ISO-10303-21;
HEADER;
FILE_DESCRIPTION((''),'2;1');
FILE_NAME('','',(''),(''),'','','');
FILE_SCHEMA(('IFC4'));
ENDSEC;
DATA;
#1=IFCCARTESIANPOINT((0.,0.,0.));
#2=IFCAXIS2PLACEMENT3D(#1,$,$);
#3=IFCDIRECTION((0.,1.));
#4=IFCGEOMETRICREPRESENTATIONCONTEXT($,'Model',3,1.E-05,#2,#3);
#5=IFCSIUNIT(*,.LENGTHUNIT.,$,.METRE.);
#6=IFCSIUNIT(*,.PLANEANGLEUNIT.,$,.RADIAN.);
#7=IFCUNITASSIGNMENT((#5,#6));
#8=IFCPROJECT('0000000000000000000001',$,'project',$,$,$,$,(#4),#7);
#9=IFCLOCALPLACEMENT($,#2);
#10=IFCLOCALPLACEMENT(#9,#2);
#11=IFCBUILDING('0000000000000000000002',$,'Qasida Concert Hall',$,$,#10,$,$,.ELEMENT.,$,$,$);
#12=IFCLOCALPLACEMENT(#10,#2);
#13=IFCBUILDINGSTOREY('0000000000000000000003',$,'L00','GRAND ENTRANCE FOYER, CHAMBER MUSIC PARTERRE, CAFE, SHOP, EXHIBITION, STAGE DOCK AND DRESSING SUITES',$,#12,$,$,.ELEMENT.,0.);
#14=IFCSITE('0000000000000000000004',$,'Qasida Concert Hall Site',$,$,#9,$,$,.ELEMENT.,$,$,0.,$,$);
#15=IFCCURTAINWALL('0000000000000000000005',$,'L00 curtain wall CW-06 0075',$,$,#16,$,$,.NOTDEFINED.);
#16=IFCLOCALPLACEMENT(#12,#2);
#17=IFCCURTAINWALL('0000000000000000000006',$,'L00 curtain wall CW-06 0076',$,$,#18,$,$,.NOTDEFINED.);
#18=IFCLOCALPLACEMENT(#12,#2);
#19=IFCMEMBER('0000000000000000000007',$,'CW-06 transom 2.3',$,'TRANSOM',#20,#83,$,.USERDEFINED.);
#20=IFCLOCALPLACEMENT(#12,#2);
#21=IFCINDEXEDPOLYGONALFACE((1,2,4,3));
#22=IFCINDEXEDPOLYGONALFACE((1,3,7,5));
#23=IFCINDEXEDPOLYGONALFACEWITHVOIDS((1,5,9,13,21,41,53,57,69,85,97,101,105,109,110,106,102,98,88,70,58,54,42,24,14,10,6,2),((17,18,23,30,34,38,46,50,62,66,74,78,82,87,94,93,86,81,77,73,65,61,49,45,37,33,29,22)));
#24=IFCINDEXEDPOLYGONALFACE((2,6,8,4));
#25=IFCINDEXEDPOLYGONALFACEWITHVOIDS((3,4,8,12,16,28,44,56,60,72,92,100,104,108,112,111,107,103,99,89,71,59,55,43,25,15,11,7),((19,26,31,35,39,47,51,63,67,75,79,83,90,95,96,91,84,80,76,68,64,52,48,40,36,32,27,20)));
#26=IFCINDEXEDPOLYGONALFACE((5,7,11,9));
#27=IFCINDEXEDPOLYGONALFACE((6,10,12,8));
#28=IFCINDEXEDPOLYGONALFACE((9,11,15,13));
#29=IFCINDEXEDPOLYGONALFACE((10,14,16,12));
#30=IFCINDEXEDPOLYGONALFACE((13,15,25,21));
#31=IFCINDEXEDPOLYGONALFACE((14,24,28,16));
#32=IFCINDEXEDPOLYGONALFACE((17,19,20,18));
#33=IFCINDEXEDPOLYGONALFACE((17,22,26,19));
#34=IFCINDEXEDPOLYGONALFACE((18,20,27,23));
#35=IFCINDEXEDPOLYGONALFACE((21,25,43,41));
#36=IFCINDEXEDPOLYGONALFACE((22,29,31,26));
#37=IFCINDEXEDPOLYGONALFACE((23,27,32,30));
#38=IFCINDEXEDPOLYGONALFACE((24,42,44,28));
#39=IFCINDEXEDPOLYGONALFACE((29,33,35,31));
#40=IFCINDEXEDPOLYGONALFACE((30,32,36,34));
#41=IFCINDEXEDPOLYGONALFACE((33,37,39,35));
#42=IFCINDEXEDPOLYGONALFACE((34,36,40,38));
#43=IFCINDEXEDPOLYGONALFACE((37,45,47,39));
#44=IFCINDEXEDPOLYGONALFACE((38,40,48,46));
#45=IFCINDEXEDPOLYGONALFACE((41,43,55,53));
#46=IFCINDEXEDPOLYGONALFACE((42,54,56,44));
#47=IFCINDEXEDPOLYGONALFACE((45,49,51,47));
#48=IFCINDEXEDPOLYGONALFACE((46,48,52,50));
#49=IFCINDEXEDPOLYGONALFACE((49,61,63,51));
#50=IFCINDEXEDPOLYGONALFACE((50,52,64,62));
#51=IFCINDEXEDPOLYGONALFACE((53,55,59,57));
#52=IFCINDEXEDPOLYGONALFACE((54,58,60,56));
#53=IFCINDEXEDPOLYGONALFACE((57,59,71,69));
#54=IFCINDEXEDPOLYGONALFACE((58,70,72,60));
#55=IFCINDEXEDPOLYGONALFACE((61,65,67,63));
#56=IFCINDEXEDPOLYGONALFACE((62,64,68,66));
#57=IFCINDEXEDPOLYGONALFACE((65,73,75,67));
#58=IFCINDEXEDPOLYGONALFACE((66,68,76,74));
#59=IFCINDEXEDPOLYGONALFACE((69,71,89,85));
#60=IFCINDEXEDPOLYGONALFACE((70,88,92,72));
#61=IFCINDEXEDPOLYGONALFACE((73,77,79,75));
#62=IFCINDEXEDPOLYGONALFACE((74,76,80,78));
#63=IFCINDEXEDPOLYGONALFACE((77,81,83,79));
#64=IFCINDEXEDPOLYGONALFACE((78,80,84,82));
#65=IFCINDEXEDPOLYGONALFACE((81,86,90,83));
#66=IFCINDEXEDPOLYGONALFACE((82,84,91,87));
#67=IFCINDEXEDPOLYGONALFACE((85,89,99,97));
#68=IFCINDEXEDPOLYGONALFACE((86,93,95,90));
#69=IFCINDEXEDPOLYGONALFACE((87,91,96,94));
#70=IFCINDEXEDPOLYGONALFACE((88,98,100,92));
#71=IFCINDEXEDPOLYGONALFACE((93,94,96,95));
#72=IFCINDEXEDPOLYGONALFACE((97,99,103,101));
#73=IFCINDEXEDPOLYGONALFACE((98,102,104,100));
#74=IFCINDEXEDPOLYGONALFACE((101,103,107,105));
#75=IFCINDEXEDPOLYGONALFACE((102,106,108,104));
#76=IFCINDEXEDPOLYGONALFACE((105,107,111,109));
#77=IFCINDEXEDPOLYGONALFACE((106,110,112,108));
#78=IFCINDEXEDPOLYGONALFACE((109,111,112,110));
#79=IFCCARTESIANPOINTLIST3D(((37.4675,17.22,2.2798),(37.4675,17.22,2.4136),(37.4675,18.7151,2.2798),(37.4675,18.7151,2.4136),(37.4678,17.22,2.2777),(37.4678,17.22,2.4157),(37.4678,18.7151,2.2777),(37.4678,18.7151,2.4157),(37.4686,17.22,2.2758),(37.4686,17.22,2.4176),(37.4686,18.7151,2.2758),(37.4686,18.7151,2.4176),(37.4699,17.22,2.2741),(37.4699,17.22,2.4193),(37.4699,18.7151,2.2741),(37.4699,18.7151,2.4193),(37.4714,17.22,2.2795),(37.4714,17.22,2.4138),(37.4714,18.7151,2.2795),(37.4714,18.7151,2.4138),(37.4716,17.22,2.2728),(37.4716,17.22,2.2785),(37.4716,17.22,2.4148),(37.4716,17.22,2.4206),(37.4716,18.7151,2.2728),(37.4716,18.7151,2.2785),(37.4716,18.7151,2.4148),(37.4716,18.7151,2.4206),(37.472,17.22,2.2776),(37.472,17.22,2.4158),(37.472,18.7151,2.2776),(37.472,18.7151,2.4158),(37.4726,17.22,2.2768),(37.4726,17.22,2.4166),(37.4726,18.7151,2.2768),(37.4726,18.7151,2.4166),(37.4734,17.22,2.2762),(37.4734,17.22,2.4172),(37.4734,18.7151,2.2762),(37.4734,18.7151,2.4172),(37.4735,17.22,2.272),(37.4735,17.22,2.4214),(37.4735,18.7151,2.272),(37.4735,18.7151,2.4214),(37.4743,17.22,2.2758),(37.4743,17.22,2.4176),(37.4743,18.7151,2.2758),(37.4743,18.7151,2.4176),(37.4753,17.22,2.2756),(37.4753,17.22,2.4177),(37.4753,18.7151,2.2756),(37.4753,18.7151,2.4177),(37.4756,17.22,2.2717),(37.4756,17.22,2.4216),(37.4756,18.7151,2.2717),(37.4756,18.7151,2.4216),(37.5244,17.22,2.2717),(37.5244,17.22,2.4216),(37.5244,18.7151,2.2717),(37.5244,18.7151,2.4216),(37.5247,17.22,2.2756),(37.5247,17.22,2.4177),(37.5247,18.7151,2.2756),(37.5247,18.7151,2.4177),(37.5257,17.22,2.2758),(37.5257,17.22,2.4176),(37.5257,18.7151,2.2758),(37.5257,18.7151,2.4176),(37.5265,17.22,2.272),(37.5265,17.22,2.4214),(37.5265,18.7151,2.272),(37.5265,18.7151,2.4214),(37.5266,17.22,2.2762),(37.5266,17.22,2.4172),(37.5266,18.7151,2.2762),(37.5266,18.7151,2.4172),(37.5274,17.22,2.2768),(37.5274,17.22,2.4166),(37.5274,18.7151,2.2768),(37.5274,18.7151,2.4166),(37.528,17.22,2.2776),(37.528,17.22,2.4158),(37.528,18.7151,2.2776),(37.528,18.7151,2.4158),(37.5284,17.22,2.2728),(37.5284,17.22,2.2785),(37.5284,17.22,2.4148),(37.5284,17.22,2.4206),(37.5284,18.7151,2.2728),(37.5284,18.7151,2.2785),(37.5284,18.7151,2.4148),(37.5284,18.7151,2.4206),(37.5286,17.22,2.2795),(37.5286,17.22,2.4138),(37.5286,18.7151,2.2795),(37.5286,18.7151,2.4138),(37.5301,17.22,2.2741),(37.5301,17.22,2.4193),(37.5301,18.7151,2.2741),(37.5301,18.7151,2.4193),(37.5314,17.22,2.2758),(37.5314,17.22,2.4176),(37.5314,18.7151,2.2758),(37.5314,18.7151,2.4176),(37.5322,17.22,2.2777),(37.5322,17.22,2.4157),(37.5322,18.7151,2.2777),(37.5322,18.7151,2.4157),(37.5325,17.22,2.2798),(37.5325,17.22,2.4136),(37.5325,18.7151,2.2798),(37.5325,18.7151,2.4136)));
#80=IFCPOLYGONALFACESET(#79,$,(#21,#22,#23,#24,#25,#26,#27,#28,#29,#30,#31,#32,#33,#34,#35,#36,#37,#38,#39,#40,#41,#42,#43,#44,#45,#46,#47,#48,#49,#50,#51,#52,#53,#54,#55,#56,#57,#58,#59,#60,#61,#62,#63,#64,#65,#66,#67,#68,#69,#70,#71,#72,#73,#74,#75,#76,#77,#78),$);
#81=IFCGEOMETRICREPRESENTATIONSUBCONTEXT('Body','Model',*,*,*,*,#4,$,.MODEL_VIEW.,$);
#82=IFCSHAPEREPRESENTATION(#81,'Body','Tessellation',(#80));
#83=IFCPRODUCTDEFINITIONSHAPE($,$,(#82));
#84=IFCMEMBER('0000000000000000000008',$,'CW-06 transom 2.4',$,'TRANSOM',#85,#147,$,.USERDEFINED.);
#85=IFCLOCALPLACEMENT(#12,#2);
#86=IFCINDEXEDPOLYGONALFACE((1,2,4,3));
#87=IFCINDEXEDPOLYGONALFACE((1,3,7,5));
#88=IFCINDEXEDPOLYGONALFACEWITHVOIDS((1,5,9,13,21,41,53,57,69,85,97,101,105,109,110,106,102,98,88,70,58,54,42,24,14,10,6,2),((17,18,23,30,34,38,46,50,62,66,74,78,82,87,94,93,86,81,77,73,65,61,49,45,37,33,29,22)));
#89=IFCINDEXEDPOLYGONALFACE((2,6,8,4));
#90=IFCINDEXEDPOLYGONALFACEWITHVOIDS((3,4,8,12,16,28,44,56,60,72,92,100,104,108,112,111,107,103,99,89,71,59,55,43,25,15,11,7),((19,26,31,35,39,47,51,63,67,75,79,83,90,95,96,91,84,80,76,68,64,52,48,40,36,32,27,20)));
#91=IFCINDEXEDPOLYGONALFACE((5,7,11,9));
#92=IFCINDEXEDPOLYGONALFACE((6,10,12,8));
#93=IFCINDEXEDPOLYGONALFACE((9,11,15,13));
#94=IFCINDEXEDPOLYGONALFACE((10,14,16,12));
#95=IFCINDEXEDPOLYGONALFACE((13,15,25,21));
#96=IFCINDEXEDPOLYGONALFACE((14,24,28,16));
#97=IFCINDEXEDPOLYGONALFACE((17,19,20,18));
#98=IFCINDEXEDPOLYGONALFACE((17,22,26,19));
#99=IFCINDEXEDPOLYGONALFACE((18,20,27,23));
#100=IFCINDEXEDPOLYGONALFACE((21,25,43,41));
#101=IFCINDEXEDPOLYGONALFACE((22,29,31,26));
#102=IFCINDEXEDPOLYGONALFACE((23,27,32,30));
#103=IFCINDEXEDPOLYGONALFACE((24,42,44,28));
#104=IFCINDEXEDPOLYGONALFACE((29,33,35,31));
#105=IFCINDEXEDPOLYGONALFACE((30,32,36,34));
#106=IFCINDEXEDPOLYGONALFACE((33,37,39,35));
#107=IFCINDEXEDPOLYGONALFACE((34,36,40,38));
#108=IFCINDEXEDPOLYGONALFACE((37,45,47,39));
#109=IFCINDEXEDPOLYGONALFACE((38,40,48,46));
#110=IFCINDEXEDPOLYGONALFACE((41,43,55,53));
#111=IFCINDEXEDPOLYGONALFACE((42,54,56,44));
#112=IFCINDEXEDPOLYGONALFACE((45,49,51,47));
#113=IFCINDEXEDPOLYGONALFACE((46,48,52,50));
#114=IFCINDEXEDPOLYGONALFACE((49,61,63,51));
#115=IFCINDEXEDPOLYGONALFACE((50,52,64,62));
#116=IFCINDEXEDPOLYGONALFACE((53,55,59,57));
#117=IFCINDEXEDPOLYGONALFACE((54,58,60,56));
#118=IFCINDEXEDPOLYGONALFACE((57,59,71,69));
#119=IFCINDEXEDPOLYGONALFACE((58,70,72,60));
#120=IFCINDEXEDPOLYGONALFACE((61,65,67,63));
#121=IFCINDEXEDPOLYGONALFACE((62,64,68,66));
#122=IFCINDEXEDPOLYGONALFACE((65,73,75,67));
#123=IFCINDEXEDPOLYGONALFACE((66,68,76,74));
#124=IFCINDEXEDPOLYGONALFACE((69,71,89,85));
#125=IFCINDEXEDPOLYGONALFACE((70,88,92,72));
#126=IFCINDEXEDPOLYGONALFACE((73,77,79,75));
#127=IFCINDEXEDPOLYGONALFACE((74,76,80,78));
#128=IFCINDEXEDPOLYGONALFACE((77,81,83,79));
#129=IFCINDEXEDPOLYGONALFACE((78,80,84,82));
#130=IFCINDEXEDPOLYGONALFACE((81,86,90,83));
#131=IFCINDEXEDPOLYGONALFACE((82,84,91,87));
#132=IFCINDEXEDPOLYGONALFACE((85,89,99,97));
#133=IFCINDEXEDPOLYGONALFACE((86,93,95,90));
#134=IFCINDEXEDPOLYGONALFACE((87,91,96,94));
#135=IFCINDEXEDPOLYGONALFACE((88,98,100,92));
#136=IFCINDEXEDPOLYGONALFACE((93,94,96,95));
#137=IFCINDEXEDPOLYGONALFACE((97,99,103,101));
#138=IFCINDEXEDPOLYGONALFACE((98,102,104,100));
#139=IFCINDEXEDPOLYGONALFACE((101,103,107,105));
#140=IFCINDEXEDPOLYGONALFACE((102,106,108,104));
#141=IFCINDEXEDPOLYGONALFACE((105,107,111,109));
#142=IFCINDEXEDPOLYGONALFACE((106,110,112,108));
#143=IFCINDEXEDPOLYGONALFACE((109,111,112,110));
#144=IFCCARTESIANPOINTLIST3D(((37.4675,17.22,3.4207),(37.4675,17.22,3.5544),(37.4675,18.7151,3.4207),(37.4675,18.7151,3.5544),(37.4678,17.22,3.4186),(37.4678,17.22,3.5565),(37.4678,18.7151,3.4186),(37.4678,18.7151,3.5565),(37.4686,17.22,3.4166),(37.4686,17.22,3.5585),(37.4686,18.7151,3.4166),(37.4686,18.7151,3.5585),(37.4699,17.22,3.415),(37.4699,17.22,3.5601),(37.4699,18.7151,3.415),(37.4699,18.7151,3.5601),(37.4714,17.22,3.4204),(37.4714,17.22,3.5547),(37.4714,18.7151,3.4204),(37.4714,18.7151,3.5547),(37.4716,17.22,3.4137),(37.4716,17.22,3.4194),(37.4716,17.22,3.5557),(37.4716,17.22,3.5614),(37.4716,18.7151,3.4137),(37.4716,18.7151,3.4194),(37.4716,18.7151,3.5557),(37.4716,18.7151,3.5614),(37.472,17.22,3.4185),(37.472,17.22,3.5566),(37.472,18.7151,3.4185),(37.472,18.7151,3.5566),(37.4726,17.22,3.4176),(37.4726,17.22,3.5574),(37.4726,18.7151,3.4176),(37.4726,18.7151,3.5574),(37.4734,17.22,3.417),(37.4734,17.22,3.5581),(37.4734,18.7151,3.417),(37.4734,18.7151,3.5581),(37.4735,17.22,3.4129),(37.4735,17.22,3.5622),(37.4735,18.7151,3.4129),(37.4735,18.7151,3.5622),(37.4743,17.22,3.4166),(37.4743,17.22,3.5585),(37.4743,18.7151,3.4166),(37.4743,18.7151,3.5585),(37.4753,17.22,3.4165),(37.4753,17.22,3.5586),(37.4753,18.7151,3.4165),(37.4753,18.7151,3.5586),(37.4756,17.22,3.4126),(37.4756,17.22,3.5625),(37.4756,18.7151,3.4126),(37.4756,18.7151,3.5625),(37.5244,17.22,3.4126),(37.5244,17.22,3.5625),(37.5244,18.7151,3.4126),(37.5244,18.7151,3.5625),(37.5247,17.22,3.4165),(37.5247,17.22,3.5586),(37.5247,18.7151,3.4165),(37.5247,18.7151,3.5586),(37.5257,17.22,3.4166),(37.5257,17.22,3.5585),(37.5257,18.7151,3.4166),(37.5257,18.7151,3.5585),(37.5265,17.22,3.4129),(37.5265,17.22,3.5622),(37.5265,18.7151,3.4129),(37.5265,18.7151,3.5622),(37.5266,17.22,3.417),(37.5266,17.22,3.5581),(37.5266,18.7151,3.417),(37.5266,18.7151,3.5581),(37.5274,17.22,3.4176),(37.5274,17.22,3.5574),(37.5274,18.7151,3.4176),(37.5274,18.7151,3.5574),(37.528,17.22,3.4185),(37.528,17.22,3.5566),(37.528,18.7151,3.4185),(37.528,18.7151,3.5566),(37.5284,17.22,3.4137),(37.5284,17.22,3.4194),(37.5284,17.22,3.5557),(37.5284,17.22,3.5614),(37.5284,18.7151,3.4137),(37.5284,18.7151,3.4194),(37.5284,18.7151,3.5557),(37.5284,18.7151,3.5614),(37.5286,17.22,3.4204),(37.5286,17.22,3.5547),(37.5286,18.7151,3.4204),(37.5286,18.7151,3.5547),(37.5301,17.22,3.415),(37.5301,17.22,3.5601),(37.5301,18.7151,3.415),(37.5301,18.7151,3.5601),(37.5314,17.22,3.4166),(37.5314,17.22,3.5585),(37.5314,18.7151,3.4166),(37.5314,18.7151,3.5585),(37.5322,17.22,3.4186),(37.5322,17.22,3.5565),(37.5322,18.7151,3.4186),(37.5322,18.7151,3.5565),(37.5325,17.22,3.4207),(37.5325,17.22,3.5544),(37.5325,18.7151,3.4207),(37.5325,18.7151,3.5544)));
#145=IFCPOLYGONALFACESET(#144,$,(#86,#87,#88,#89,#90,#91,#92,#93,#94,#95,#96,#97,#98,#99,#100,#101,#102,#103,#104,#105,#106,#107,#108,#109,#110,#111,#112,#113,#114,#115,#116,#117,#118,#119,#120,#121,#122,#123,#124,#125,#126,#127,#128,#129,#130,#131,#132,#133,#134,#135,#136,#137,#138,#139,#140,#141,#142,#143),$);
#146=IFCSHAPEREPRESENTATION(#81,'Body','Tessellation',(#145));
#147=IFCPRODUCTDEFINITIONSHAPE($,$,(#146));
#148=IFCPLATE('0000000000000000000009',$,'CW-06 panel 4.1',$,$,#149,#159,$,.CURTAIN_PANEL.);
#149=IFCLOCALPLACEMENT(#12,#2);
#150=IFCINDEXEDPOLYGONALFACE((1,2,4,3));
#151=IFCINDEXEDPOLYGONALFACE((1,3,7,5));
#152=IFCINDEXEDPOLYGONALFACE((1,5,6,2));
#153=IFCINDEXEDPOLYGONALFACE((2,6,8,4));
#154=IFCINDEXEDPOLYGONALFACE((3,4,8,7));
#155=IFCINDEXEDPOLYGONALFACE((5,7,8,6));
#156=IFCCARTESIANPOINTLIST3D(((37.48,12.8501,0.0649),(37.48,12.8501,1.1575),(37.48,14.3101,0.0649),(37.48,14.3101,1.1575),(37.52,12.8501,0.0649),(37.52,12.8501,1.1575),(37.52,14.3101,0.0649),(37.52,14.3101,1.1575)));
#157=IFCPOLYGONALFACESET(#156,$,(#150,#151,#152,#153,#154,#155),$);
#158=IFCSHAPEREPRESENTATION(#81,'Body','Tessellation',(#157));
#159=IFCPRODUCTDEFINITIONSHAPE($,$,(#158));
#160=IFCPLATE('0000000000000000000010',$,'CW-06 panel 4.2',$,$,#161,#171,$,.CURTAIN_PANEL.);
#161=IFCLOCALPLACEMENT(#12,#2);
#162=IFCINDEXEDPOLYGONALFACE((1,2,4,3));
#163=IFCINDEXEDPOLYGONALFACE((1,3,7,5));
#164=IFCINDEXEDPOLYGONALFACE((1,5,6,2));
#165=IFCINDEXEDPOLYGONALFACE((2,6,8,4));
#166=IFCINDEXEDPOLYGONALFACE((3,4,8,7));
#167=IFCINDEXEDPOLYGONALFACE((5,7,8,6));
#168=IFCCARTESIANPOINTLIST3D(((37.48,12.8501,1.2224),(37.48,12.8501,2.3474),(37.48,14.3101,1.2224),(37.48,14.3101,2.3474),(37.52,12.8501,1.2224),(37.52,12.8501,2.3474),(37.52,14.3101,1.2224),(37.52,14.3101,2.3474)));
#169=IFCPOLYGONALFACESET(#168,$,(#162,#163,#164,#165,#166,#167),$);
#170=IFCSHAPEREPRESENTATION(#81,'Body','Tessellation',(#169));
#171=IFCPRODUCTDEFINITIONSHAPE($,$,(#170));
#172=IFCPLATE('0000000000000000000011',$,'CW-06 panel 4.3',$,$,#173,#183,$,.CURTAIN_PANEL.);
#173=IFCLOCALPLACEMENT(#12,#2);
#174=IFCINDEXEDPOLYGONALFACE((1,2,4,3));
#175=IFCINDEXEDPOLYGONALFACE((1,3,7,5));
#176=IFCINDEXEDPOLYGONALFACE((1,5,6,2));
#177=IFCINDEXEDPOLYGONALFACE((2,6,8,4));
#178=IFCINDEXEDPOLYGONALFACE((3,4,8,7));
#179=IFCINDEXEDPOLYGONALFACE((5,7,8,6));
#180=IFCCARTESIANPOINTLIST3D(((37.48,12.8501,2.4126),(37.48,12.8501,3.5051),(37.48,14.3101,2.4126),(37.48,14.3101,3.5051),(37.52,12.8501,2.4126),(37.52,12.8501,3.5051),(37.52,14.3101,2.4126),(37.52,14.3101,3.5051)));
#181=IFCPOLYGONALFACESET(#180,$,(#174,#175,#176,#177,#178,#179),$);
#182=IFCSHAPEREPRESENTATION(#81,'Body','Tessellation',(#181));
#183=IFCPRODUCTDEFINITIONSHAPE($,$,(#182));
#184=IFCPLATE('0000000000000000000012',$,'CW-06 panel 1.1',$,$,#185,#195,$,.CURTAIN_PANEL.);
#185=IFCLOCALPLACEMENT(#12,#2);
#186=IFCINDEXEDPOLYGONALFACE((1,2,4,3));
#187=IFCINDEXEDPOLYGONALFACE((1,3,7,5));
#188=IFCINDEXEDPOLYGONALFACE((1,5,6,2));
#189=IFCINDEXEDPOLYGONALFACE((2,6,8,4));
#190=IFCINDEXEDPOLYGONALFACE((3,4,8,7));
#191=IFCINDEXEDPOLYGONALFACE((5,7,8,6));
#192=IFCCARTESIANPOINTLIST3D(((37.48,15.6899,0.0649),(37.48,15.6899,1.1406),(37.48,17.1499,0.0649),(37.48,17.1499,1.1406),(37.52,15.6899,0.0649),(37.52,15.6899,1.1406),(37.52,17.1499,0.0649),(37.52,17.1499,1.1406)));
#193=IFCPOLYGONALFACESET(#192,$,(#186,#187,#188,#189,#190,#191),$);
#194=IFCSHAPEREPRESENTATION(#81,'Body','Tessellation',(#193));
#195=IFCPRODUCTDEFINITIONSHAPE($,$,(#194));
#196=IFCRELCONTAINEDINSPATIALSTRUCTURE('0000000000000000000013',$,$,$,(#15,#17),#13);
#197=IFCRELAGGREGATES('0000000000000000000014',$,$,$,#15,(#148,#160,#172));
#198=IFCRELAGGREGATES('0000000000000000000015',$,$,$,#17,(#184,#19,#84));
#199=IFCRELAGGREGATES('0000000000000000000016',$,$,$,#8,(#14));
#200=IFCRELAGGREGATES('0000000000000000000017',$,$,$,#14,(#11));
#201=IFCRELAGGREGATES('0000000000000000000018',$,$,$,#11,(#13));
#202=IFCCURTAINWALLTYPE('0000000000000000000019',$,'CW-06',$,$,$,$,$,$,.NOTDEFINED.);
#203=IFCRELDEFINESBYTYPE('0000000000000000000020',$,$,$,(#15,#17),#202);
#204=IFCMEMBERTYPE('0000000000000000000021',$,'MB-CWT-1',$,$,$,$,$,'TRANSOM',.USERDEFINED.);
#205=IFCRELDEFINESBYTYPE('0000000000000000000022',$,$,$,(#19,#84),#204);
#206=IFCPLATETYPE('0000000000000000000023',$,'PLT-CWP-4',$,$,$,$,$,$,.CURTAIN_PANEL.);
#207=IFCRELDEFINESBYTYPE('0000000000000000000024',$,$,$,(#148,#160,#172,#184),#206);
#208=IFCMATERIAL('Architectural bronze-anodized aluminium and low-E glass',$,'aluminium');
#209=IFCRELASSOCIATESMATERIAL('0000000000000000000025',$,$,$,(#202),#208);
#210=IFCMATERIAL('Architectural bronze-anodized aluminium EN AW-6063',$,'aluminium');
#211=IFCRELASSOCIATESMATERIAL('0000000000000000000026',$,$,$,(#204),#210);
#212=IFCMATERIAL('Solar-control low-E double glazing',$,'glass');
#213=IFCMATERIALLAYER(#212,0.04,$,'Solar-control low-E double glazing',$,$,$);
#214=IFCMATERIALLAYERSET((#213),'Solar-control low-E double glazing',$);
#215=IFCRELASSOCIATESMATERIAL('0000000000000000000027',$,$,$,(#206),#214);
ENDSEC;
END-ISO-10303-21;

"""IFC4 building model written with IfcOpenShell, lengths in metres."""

from ifc_helpers import new_model, si_unit, direction, frame, origin, origin_2d, place, context, subcontext, project, spatial, rectangle, hollow_rectangle, extrude, material, layer, layer_set, material_profile, profile_set, type_object, element, aggregate, save


model = new_model("IFC4")

# Units and contexts
model_context = context("Model", 3, precision=1e-05, world=origin(), true_north=direction((0.0, 1.0)))
body_context = subcontext(model_context, "Body", "Model", "MODEL_VIEW")
ifc_project = project(units=[si_unit("LENGTHUNIT", "METRE"), si_unit("PLANEANGLEUNIT", "RADIAN")], contexts=[model_context])

# Site, building, storey
site_placement = place(None, origin())
site = spatial("IfcSite", under=ifc_project, at=site_placement, Name="Qasida Concert Hall Site", CompositionType="ELEMENT", RefElevation=0.0)
building_placement = place(site_placement, origin())
building = spatial("IfcBuilding", under=site, at=building_placement, Name="Qasida Concert Hall", CompositionType="ELEMENT")
storey_placement = place(building_placement, origin())
storey = spatial("IfcBuildingStorey", under=building, at=storey_placement, Name="L00", Description="GRAND ENTRANCE FOYER, CHAMBER MUSIC PARTERRE, CAFE, SHOP, EXHIBITION, STAGE DOCK AND DRESSING SUITES", CompositionType="ELEMENT", Elevation=0.0)

# Curtain wall
ifc_material_1 = material(Name="Architectural bronze-anodized aluminium and low-E glass", Category="aluminium")
curtain_wall_type = type_object("IfcCurtainWallType", Name="CW-06", PredefinedType="NOTDEFINED", material=ifc_material_1)
curtain_wall_1_placement = place(storey_placement, origin())
curtain_wall_1 = element("IfcCurtainWall", 1, at=curtain_wall_1_placement, inside=storey, type_object=curtain_wall_type, Name="L00 curtain wall CW-06 0075", PredefinedType="NOTDEFINED")
ifc_material_2 = material(Name="Architectural bronze-anodized aluminium EN AW-6063", Category="aluminium")

# Curtain wall
curtain_wall_2_placement = place(storey_placement, origin())
curtain_wall_2 = element("IfcCurtainWall", 2, at=curtain_wall_2_placement, inside=storey, type_object=curtain_wall_type, Name="L00 curtain wall CW-06 0076", PredefinedType="NOTDEFINED")

# Members
ifc_material_profile_1 = material_profile(ifc_material_2, hollow_rectangle(XDim=0.0649, YDim=0.1499, WallThickness=0.0039, InnerFilletRadius=0.0039, OuterFilletRadius=0.0081, at=origin_2d()), Name="CWT 150x65x4")
ifc_profile_set_1 = profile_set([ifc_material_profile_1], Name="Architectural bronze-anodized aluminium EN AW-6063")
member_type_1 = type_object("IfcMemberType", Name="MB-CWT-1", ElementType="TRANSOM", PredefinedType="USERDEFINED", material=ifc_profile_set_1)
member_1_placement = place(storey_placement, frame((37.5, 17.22, 2.3467), z_axis=(0.0, 1.0, 0.0), x_axis=(-1.0, 0.0, 0.0)))
member_1 = element("IfcMember", 3, at=member_1_placement, type_object=member_type_1, Name="CW-06 transom 2.3", ObjectType="TRANSOM", PredefinedType="USERDEFINED", context=body_context, shape_type="SweptSolid", body=[
    extrude(hollow_rectangle(XDim=0.0649, YDim=0.1499, WallThickness=0.0039, InnerFilletRadius=0.0039, OuterFilletRadius=0.0081, at=origin_2d()), origin(), (0.0, 0.0, 1.0), 1.4951),
])
member_2_placement = place(storey_placement, frame((37.5, 17.22, 3.4875), z_axis=(0.0, 1.0, 0.0), x_axis=(-1.0, 0.0, 0.0)))
member_2 = element("IfcMember", 4, at=member_2_placement, type_object=member_type_1, Name="CW-06 transom 2.4", ObjectType="TRANSOM", PredefinedType="USERDEFINED", context=body_context, shape_type="SweptSolid", body=[
    extrude(hollow_rectangle(XDim=0.0649, YDim=0.1499, WallThickness=0.0039, InnerFilletRadius=0.0039, OuterFilletRadius=0.0081, at=origin_2d()), origin(), (0.0, 0.0, 1.0), 1.4951),
])

# Plates
ifc_material_3 = material(Name="Solar-control low-E double glazing", Category="glass")
ifc_layer = layer(ifc_material_3, 0.04, Name="Solar-control low-E double glazing")
ifc_layer_set = layer_set([ifc_layer], Name="Solar-control low-E double glazing")
plate_type = type_object("IfcPlateType", Name="PLT-CWP-4", PredefinedType="CURTAIN_PANEL", material=ifc_layer_set)
plate_1_placement = place(storey_placement, frame((37.5, 13.5801, 0.0649), z_axis=(0.0, 0.0, 1.0), x_axis=(0.0, 1.0, 0.0)))
plate_1 = element("IfcPlate", 5, at=plate_1_placement, type_object=plate_type, Name="CW-06 panel 4.1", PredefinedType="CURTAIN_PANEL", context=body_context, shape_type="SweptSolid", body=[
    extrude(rectangle(XDim=1.46, YDim=0.04, at=origin_2d()), origin(), (0.0, 0.0, 1.0), 1.0925),
])
plate_2_placement = place(storey_placement, frame((37.5, 13.5801, 1.2224), z_axis=(0.0, 0.0, 1.0), x_axis=(0.0, 1.0, 0.0)))
plate_2 = element("IfcPlate", 6, at=plate_2_placement, type_object=plate_type, Name="CW-06 panel 4.2", PredefinedType="CURTAIN_PANEL", context=body_context, shape_type="SweptSolid", body=[
    extrude(rectangle(XDim=1.46, YDim=0.04, at=origin_2d()), origin(), (0.0, 0.0, 1.0), 1.125),
])
plate_3_placement = place(storey_placement, frame((37.5, 13.5801, 2.4126), z_axis=(0.0, 0.0, 1.0), x_axis=(0.0, 1.0, 0.0)))
plate_3 = element("IfcPlate", 7, at=plate_3_placement, type_object=plate_type, Name="CW-06 panel 4.3", PredefinedType="CURTAIN_PANEL", context=body_context, shape_type="SweptSolid", body=[
    extrude(rectangle(XDim=1.46, YDim=0.04, at=origin_2d()), origin(), (0.0, 0.0, 1.0), 1.0925),
])
aggregate(curtain_wall_1, [plate_1, plate_2, plate_3])
plate_4_placement = place(storey_placement, frame((37.5, 16.4199, 0.0649), z_axis=(0.0, 0.0, 1.0), x_axis=(0.0, 1.0, 0.0)))
plate_4 = element("IfcPlate", 8, at=plate_4_placement, type_object=plate_type, Name="CW-06 panel 1.1", PredefinedType="CURTAIN_PANEL", context=body_context, shape_type="SweptSolid", body=[
    extrude(rectangle(XDim=1.46, YDim=0.04, at=origin_2d()), origin(), (0.0, 0.0, 1.0), 1.0757),
])
aggregate(curtain_wall_2, [plate_4, member_1, member_2])

save(model, "model.ifc")
